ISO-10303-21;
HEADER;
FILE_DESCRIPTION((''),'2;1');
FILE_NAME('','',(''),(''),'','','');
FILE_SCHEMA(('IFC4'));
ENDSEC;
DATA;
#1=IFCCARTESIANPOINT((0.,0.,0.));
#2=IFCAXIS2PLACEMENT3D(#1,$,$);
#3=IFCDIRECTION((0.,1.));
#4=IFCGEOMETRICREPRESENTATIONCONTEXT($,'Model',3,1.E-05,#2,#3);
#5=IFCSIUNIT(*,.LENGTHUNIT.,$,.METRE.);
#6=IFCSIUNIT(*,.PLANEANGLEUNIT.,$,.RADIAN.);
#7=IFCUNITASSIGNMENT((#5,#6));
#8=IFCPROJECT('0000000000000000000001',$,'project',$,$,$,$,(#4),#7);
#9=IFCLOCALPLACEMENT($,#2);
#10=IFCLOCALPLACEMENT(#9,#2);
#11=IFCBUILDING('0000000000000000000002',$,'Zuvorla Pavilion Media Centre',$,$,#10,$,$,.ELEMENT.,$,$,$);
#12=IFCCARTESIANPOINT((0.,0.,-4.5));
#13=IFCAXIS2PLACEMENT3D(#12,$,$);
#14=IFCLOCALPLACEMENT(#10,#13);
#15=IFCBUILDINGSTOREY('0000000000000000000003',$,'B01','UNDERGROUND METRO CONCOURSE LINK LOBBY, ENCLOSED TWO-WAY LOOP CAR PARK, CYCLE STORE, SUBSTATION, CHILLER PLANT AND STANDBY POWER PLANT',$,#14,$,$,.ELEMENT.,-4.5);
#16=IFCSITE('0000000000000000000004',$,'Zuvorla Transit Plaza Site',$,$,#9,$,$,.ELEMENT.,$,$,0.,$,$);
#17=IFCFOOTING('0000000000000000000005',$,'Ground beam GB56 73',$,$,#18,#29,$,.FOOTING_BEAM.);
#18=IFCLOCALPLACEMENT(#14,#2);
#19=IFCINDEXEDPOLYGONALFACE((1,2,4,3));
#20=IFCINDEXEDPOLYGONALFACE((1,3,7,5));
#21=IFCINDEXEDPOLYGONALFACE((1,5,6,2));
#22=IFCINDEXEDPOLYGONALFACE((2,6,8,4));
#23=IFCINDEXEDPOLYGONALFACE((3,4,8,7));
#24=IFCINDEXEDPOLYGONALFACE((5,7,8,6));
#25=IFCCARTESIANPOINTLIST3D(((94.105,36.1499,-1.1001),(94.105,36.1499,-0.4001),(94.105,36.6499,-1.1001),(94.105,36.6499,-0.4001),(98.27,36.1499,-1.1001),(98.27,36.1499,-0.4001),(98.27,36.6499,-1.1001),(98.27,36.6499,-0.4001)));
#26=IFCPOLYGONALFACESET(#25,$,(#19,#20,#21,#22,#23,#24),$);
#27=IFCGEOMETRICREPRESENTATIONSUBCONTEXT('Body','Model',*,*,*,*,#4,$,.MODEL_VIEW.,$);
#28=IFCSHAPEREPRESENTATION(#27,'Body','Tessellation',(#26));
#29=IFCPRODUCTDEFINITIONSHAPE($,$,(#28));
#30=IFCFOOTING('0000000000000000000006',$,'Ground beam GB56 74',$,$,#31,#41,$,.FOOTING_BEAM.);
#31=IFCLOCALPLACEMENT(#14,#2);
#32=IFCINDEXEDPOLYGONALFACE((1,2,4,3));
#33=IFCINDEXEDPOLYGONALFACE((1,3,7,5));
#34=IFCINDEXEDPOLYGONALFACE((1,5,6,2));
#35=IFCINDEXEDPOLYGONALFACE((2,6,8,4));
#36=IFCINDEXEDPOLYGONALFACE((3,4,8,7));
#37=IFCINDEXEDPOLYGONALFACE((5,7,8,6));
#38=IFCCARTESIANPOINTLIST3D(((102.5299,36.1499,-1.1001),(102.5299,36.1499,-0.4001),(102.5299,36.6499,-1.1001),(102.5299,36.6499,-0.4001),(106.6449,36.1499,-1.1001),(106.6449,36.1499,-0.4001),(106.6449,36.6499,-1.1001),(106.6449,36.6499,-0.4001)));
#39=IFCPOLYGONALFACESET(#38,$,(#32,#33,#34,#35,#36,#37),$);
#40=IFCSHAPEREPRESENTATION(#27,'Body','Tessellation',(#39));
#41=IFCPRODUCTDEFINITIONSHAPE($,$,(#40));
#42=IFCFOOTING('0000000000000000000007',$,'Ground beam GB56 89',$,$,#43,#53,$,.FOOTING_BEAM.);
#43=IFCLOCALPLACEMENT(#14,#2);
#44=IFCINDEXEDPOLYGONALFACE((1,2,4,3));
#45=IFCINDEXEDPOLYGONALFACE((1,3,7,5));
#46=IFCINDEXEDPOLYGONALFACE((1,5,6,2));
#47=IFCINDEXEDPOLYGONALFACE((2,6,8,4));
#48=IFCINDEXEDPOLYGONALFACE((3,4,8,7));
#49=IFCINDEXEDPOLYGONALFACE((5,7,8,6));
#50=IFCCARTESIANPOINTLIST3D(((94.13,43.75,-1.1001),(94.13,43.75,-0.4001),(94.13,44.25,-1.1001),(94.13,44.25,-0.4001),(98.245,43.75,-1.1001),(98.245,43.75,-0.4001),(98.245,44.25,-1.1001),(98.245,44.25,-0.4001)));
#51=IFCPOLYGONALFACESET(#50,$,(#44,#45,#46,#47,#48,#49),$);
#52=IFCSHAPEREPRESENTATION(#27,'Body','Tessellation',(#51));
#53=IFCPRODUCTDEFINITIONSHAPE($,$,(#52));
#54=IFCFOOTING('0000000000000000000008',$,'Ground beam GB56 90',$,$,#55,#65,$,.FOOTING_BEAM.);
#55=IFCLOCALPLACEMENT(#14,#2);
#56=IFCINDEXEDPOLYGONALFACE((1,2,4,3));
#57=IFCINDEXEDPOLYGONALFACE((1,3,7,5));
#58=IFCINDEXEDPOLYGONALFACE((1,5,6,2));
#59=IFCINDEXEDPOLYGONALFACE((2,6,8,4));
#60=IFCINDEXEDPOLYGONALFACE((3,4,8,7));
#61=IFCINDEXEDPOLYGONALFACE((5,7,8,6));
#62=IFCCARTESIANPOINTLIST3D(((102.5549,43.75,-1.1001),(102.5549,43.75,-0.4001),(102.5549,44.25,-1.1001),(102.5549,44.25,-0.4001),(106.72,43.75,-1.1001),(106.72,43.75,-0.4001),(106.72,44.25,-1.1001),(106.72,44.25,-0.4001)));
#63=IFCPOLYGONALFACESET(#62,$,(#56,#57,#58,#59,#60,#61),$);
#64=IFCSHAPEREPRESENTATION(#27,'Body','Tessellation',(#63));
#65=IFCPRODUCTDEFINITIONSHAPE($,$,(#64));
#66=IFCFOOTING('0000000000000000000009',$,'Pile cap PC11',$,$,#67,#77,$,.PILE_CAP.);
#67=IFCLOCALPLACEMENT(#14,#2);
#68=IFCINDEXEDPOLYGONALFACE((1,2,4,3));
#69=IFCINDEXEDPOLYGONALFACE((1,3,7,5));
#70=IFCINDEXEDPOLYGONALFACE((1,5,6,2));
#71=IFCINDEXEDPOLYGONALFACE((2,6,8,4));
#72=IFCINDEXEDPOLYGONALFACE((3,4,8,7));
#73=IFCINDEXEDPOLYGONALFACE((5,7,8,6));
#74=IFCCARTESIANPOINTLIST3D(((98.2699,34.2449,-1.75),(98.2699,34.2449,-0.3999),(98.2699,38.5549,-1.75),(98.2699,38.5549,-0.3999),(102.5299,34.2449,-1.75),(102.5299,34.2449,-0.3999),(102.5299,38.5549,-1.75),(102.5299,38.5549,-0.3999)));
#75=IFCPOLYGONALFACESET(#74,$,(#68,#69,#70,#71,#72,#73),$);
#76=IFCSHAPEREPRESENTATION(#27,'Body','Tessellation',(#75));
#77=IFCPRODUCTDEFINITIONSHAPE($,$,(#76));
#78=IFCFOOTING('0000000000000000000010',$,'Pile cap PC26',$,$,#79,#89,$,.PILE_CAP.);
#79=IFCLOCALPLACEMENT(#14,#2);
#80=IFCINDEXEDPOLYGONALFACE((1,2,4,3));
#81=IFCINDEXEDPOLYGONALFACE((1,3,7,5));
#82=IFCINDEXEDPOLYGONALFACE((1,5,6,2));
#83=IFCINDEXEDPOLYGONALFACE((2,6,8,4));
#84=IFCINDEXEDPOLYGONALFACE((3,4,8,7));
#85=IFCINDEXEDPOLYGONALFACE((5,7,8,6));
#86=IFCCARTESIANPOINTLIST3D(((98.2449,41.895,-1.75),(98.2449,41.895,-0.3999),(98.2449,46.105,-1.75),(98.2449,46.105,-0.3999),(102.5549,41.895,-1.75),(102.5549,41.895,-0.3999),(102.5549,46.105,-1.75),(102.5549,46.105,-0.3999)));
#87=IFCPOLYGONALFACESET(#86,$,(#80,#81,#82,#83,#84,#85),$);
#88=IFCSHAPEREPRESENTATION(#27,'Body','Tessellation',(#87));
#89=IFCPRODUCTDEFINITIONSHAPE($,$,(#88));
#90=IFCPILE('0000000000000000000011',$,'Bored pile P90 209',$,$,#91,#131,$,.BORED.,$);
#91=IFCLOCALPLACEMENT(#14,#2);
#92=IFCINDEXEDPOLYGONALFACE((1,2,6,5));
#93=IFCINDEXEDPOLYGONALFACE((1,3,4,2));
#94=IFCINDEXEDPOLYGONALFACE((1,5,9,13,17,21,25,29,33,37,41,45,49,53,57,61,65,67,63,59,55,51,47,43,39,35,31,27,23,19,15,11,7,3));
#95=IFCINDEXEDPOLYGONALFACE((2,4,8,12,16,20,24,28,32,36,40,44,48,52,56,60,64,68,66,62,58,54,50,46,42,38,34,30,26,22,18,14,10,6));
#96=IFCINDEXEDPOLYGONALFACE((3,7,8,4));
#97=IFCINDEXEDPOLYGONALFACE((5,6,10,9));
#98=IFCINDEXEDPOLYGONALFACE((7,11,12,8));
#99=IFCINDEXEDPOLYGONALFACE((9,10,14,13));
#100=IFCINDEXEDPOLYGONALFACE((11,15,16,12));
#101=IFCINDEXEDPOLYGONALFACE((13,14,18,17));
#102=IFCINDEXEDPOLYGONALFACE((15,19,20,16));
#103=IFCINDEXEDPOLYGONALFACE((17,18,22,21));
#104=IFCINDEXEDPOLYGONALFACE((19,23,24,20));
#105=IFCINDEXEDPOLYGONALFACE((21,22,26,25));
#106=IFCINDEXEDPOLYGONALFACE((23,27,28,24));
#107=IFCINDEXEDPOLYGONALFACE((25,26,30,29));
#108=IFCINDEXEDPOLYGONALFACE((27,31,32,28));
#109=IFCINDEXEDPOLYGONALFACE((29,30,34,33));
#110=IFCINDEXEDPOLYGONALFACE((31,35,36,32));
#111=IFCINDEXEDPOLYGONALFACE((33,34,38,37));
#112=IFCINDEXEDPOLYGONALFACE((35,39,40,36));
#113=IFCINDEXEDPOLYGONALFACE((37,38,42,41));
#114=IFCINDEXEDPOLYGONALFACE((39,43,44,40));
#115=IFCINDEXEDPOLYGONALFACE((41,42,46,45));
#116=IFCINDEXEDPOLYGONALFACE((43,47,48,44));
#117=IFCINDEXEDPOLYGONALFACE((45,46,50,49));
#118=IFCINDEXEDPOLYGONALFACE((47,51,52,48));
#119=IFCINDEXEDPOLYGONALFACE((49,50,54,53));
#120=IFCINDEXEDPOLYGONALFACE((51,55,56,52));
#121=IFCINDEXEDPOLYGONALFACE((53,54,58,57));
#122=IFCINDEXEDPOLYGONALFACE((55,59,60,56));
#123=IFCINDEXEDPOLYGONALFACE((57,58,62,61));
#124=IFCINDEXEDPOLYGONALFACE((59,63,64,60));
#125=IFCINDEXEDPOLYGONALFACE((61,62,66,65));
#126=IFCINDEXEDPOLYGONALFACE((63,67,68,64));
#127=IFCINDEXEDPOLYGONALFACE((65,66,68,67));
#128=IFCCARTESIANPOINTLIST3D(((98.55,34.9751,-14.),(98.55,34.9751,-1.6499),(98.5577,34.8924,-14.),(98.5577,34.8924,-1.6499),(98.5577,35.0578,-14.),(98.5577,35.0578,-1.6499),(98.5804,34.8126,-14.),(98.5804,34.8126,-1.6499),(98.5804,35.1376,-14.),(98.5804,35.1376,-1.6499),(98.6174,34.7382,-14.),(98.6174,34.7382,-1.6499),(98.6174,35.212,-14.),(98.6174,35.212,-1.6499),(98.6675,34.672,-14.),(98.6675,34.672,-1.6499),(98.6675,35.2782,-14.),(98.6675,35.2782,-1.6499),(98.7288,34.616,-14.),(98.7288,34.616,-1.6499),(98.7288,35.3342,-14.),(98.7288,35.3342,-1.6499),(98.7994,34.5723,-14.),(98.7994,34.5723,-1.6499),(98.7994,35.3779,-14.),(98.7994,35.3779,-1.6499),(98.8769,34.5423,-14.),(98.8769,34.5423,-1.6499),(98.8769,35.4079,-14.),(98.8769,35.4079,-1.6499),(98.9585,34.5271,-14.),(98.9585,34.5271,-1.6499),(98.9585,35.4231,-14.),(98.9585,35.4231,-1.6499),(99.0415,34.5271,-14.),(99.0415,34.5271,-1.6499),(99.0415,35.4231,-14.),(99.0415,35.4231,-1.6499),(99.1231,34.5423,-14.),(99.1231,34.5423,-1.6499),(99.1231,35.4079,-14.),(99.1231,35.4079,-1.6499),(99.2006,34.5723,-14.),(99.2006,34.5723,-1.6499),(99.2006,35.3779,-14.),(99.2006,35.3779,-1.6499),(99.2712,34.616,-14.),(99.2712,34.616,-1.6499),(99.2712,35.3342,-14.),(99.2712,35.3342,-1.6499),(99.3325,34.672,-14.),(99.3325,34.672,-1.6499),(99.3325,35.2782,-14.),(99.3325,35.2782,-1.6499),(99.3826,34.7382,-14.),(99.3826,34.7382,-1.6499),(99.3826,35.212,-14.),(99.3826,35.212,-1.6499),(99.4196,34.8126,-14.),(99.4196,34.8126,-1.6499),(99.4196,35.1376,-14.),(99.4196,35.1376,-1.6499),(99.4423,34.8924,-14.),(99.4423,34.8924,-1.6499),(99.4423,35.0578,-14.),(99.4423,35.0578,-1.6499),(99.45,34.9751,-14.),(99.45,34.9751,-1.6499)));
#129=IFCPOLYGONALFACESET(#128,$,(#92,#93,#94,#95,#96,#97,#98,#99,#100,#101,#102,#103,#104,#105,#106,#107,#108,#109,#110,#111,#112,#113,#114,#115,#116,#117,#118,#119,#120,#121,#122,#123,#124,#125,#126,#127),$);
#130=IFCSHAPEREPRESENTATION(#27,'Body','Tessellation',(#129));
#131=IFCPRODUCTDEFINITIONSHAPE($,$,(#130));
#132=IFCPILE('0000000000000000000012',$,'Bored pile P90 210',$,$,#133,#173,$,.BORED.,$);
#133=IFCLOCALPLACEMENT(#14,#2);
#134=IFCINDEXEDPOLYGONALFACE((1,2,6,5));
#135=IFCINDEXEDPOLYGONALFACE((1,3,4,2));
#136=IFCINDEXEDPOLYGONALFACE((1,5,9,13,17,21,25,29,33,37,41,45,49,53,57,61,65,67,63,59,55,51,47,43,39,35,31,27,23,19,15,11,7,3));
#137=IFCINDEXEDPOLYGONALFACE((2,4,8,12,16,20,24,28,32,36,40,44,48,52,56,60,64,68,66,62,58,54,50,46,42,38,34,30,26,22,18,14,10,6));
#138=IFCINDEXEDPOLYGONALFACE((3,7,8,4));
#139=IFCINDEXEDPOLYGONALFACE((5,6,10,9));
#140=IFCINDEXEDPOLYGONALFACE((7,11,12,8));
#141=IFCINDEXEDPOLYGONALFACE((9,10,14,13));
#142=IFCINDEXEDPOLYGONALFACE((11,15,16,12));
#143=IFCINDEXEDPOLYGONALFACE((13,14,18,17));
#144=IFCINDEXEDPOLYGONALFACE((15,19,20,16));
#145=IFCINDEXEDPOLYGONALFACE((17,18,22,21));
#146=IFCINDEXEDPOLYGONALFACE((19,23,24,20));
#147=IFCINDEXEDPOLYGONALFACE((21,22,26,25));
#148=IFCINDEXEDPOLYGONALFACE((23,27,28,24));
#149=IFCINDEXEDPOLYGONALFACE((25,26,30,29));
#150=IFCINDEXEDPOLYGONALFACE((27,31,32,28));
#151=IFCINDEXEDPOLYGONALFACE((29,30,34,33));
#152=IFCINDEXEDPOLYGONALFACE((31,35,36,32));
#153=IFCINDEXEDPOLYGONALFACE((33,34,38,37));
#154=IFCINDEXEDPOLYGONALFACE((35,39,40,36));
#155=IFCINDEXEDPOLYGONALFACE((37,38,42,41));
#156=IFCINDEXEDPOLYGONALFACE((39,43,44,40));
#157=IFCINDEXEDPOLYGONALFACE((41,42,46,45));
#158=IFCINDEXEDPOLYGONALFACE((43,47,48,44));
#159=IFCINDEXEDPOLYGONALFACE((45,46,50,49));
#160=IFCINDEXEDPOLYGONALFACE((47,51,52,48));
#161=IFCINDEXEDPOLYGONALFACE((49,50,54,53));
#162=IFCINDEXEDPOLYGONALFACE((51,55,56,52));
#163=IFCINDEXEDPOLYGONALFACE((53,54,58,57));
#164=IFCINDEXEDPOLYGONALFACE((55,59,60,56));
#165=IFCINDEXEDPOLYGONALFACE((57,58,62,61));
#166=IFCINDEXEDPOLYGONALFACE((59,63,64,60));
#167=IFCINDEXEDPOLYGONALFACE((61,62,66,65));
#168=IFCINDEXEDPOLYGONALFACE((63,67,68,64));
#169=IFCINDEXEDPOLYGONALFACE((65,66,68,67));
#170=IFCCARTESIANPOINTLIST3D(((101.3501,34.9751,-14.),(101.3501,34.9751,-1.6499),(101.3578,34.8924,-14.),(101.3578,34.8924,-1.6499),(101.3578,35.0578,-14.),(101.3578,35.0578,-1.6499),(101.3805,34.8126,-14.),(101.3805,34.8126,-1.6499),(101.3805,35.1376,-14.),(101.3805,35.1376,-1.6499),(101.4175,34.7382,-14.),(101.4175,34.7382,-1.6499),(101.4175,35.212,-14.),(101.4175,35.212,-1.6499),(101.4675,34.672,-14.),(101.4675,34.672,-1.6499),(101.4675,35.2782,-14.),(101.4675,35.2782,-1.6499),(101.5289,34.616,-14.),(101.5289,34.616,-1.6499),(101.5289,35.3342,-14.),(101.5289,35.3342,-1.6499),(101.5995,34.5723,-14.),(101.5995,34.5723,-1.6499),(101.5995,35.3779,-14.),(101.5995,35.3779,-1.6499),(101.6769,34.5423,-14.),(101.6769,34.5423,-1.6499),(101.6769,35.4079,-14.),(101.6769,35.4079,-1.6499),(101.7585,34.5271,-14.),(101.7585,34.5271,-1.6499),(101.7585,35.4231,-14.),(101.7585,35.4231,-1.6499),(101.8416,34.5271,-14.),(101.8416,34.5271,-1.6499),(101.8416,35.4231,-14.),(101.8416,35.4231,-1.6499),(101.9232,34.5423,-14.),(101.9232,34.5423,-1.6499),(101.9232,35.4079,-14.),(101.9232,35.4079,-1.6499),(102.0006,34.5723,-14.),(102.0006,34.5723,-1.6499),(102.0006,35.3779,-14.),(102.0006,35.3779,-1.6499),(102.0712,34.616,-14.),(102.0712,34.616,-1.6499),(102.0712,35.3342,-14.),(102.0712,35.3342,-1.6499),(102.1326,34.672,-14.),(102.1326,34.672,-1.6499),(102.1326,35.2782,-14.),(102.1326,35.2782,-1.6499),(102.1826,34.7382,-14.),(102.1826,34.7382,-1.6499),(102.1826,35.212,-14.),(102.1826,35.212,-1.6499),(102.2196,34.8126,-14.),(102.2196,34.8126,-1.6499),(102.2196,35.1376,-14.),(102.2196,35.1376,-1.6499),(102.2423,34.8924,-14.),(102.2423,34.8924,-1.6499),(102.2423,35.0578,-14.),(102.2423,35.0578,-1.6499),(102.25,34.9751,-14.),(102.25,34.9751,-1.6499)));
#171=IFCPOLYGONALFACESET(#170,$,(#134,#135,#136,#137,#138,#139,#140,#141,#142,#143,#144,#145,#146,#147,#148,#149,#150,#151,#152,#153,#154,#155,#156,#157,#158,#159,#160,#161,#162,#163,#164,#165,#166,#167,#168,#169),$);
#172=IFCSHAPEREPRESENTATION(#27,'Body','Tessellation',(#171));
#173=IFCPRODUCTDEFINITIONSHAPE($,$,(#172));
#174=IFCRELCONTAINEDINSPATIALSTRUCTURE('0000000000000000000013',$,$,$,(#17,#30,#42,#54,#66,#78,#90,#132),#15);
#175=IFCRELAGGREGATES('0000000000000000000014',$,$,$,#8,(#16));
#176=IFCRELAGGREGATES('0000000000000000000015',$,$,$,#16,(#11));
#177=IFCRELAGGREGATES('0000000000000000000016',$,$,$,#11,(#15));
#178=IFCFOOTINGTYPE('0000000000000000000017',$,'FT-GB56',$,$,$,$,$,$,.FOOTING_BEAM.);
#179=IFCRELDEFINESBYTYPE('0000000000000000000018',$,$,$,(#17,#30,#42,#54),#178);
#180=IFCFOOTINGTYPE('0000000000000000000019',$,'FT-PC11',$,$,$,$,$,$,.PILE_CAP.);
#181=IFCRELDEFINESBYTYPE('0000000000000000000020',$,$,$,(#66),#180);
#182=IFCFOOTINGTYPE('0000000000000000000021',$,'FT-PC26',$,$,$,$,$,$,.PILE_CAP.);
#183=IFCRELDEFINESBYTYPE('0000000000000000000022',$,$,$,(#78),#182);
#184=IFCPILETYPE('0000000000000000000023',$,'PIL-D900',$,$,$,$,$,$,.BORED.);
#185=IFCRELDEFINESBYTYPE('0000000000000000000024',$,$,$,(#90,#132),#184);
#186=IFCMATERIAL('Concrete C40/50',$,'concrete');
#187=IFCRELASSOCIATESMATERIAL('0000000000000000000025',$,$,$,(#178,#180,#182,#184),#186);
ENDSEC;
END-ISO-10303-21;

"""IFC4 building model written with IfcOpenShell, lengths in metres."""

from ifc_helpers import new_model, si_unit, direction, frame, origin, origin_2d, place, context, subcontext, project, spatial, rectangle, circle, extrude, material, material_profile, profile_set, type_object, element, save


model = new_model("IFC4")

# Units and contexts
model_context = context("Model", 3, precision=1e-05, world=origin(), true_north=direction((0.0, 1.0)))
body_context = subcontext(model_context, "Body", "Model", "MODEL_VIEW")
ifc_project = project(units=[si_unit("LENGTHUNIT", "METRE"), si_unit("PLANEANGLEUNIT", "RADIAN")], contexts=[model_context])

# Site, building, storey
site_placement = place(None, origin())
site = spatial("IfcSite", under=ifc_project, at=site_placement, Name="Zuvorla Transit Plaza Site", CompositionType="ELEMENT", RefElevation=0.0)
building_placement = place(site_placement, origin())
building = spatial("IfcBuilding", under=site, at=building_placement, Name="Zuvorla Pavilion Media Centre", CompositionType="ELEMENT")
storey_placement = place(building_placement, frame((0.0, 0.0, -4.5)))
storey = spatial("IfcBuildingStorey", under=building, at=storey_placement, Name="B01", Description="UNDERGROUND METRO CONCOURSE LINK LOBBY, ENCLOSED TWO-WAY LOOP CAR PARK, CYCLE STORE, SUBSTATION, CHILLER PLANT AND STANDBY POWER PLANT", CompositionType="ELEMENT", Elevation=-4.5)

# Footings
ifc_material_1 = material(Name="Concrete C40/50", Category="concrete")
footing_type_1 = type_object("IfcFootingType", Name="FT-GB56", PredefinedType="FOOTING_BEAM", material=ifc_material_1)
footing_1_placement = place(storey_placement, frame((96.1875, 36.3999, -1.1001), z_axis=(0.0, 0.0, 1.0), x_axis=(1.0, 0.0, 0.0)))
element("IfcFooting", 1, at=footing_1_placement, inside=storey, type_object=footing_type_1, Name="Ground beam GB56 73", PredefinedType="FOOTING_BEAM", context=body_context, shape_type="SweptSolid", body=[
    extrude(rectangle(XDim=4.165, YDim=0.5, at=origin_2d()), origin(), (0.0, 0.0, 1.0), 0.7),
])
for number, where, z_axis, x_axis, name in (
    (2, (104.5874, 36.3999, -1.1001), (0.0, 0.0, 1.0), (1.0, 0.0, 0.0), "Ground beam GB56 74"),
    (3, (96.1875, 44.0, -1.1001), (0.0, 0.0, 1.0), (1.0, 0.0, 0.0), "Ground beam GB56 89"),
):
    element("IfcFooting", number, at=place(storey_placement, frame(where, z_axis=z_axis, x_axis=x_axis)), inside=storey, type_object=footing_type_1, Name=name, PredefinedType="FOOTING_BEAM", context=body_context, shape_type="SweptSolid", body=[
        extrude(rectangle(XDim=4.115, YDim=0.5, at=origin_2d()), origin(), (0.0, 0.0, 1.0), 0.7),
    ])
footing_2_placement = place(storey_placement, frame((104.6375, 44.0, -1.1001), z_axis=(0.0, 0.0, 1.0), x_axis=(1.0, 0.0, 0.0)))
element("IfcFooting", 4, at=footing_2_placement, inside=storey, type_object=footing_type_1, Name="Ground beam GB56 90", PredefinedType="FOOTING_BEAM", context=body_context, shape_type="SweptSolid", body=[
    extrude(rectangle(XDim=4.165, YDim=0.5, at=origin_2d()), origin(), (0.0, 0.0, 1.0), 0.7),
])
footing_type_2 = type_object("IfcFootingType", Name="FT-PC11", PredefinedType="PILE_CAP", material=ifc_material_1)
footing_3_placement = place(storey_placement, frame((100.3999, 36.3999, -1.75), z_axis=(0.0, 0.0, 1.0), x_axis=(1.0, 0.0, 0.0)))
element("IfcFooting", 5, at=footing_3_placement, inside=storey, type_object=footing_type_2, Name="Pile cap PC11", PredefinedType="PILE_CAP", context=body_context, shape_type="SweptSolid", body=[
    extrude(rectangle(XDim=4.26, YDim=4.3101, at=origin_2d()), origin(), (0.0, 0.0, 1.0), 1.3501),
])
footing_type_3 = type_object("IfcFootingType", Name="FT-PC26", PredefinedType="PILE_CAP", material=ifc_material_1)
footing_4_placement = place(storey_placement, frame((100.3999, 44.0, -1.75), z_axis=(0.0, 0.0, 1.0), x_axis=(1.0, 0.0, 0.0)))
element("IfcFooting", 6, at=footing_4_placement, inside=storey, type_object=footing_type_3, Name="Pile cap PC26", PredefinedType="PILE_CAP", context=body_context, shape_type="SweptSolid", body=[
    extrude(rectangle(XDim=4.3101, YDim=4.21, at=origin_2d()), origin(), (0.0, 0.0, 1.0), 1.3501),
])

# Piles
ifc_material_profile_1 = material_profile(ifc_material_1, circle(Radius=0.45, at=origin_2d()), Name="BORED PILE 900")
ifc_profile_set_1 = profile_set([ifc_material_profile_1], Name="Concrete C40/50")
pile_type = type_object("IfcPileType", Name="PIL-D900", PredefinedType="BORED", material=ifc_profile_set_1)
for number, where, z_axis, x_axis, name in (
    (7, (99.0, 34.9751, -1.6499), (0.0, 0.0, -1.0), (1.0, 0.0, 0.0), "Bored pile P90 209"),
    (8, (101.8, 34.9751, -1.6499), (0.0, 0.0, -1.0), (1.0, 0.0, 0.0), "Bored pile P90 210"),
):
    element("IfcPile", number, at=place(storey_placement, frame(where, z_axis=z_axis, x_axis=x_axis)), inside=storey, type_object=pile_type, Name=name, PredefinedType="BORED", context=body_context, shape_type="SweptSolid", body=[
        extrude(circle(Radius=0.45, at=origin_2d()), origin(), (0.0, 0.0, 1.0), 12.3501),
    ])

save(model, "model.ifc")
